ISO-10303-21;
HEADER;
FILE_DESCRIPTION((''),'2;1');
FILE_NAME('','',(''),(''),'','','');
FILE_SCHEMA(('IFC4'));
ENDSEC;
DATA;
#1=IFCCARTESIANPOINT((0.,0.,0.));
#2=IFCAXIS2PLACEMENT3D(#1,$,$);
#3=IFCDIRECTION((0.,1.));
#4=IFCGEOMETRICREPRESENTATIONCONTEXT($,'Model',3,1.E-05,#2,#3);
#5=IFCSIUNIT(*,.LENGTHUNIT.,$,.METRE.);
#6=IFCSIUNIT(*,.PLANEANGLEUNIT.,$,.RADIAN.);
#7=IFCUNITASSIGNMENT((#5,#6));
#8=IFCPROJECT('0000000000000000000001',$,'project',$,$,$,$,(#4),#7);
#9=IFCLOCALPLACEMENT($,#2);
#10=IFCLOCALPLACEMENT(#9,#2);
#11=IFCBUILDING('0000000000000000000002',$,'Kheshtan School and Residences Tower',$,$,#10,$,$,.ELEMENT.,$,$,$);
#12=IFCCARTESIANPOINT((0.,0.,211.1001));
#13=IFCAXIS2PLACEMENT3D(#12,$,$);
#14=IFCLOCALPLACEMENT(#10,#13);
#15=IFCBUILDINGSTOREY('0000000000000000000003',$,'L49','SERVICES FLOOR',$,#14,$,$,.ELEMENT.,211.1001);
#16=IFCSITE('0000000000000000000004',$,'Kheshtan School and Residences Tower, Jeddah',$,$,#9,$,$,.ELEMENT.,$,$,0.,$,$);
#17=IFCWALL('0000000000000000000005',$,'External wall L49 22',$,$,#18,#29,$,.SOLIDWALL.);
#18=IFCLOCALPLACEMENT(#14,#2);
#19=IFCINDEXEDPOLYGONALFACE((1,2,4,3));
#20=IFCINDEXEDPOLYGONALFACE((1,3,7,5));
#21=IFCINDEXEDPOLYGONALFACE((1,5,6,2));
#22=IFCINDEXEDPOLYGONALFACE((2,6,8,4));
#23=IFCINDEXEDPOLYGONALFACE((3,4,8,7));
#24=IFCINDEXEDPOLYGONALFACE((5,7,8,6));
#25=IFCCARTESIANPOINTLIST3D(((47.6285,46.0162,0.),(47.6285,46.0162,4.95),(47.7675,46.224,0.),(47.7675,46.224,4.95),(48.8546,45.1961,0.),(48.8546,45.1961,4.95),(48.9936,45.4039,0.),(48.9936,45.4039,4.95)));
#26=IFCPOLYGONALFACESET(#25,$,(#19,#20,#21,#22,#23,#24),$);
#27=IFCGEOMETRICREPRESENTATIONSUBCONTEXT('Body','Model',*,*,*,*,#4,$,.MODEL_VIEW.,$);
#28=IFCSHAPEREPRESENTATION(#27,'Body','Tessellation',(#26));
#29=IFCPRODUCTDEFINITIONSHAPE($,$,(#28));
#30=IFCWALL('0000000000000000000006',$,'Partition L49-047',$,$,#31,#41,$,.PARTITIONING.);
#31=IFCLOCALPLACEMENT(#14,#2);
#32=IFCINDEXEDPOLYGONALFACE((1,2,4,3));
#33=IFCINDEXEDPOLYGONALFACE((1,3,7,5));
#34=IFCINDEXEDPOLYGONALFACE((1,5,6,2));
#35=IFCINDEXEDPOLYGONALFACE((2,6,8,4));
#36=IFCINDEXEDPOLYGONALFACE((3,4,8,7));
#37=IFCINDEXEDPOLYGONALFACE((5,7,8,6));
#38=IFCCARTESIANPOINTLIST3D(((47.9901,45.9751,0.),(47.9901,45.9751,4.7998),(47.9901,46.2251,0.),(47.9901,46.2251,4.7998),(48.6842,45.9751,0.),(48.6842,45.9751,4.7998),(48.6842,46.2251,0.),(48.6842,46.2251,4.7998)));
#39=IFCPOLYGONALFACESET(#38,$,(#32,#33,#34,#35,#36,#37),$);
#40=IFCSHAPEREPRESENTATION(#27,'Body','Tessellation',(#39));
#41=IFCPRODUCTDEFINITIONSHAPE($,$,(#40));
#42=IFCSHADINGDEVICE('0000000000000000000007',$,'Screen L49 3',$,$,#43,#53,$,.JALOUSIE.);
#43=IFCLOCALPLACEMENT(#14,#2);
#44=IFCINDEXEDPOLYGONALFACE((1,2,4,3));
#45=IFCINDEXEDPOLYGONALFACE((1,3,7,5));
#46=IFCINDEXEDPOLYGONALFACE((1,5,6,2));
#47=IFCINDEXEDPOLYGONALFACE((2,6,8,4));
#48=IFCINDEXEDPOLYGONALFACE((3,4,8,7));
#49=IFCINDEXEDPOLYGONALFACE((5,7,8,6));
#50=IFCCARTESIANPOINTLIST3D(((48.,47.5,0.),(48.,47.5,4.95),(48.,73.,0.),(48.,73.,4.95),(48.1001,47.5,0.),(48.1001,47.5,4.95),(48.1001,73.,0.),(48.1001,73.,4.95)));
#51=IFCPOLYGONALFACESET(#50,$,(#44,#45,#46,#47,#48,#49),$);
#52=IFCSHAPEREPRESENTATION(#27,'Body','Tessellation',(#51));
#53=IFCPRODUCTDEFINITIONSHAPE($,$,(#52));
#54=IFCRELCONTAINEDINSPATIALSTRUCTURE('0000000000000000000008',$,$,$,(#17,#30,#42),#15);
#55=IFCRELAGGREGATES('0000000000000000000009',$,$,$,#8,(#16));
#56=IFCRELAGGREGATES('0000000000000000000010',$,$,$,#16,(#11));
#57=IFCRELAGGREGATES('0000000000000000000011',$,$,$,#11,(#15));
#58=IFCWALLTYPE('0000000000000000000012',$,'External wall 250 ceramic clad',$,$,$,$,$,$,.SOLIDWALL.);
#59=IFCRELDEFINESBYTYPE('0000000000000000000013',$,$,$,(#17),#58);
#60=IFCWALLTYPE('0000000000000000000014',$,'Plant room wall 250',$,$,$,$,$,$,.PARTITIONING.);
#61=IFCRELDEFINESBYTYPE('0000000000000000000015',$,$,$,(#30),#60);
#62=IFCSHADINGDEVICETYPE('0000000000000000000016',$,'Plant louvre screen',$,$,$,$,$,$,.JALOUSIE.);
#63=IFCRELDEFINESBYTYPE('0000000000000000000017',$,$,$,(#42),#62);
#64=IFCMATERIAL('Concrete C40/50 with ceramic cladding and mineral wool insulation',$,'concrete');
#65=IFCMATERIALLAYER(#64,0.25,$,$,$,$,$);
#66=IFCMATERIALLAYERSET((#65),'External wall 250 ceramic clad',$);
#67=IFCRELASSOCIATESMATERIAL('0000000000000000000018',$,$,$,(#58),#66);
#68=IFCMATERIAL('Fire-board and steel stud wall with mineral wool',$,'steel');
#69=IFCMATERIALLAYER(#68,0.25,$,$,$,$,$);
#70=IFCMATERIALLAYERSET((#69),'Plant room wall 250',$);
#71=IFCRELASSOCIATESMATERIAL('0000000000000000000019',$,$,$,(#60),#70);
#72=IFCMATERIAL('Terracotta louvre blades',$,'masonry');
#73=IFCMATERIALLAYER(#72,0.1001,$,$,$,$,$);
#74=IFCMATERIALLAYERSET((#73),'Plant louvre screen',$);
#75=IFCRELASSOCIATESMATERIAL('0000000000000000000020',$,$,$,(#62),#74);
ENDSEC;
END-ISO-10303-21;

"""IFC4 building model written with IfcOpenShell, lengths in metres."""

from ifc_helpers import new_model, si_unit, direction, frame, frame_2d, origin, origin_2d, place, context, subcontext, project, spatial, rectangle, extrude, material, layer, layer_set, type_object, element, save


model = new_model("IFC4")

# Units and contexts
model_context = context("Model", 3, precision=1e-05, world=origin(), true_north=direction((0.0, 1.0)))
body_context = subcontext(model_context, "Body", "Model", "MODEL_VIEW")
ifc_project = project(units=[si_unit("LENGTHUNIT", "METRE"), si_unit("PLANEANGLEUNIT", "RADIAN")], contexts=[model_context])

# Site, building, storey
site_placement = place(None, origin())
site = spatial("IfcSite", under=ifc_project, at=site_placement, Name="Kheshtan School and Residences Tower, Jeddah", CompositionType="ELEMENT", RefElevation=0.0)
building_placement = place(site_placement, origin())
building = spatial("IfcBuilding", under=site, at=building_placement, Name="Kheshtan School and Residences Tower", CompositionType="ELEMENT")
storey_placement = place(building_placement, frame((0.0, 0.0, 211.1001)))
storey = spatial("IfcBuildingStorey", under=building, at=storey_placement, Name="L49", Description="SERVICES FLOOR", CompositionType="ELEMENT", Elevation=211.1001)

# Walls
ifc_material_1 = material(Name="Concrete C40/50 with ceramic cladding and mineral wool insulation", Category="concrete")
ifc_layer_1 = layer(ifc_material_1, 0.25)
ifc_layer_set_1 = layer_set([ifc_layer_1], Name="External wall 250 ceramic clad")
wall_type_1 = type_object("IfcWallType", Name="External wall 250 ceramic clad", PredefinedType="SOLIDWALL", material=ifc_layer_set_1)
wall_1_placement = place(storey_placement, frame((47.698, 46.1201, 0.0), z_axis=(0.0, 0.0, 1.0), x_axis=(0.831209, -0.55596, 0.0)))
element("IfcWall", 1, at=wall_1_placement, inside=storey, type_object=wall_type_1, Name="External wall L49 22", PredefinedType="SOLIDWALL", context=body_context, shape_type="SweptSolid", body=[
    extrude(rectangle(XDim=1.4751, YDim=0.25, at=frame_2d((0.7375, 0.0))), origin(), (0.0, 0.0, 1.0), 4.95),
])
ifc_material_2 = material(Name="Fire-board and steel stud wall with mineral wool", Category="steel")
ifc_layer_2 = layer(ifc_material_2, 0.25)
ifc_layer_set_2 = layer_set([ifc_layer_2], Name="Plant room wall 250")
wall_type_2 = type_object("IfcWallType", Name="Plant room wall 250", PredefinedType="PARTITIONING", material=ifc_layer_set_2)
wall_2_placement = place(storey_placement, frame((47.99, 46.1001, 0.0), z_axis=(0.0, 0.0, 1.0), x_axis=(1.0, 0.0, 0.0)))
element("IfcWall", 2, at=wall_2_placement, inside=storey, type_object=wall_type_2, Name="Partition L49-047", PredefinedType="PARTITIONING", context=body_context, shape_type="SweptSolid", body=[
    extrude(rectangle(XDim=0.6941, YDim=0.25, at=frame_2d((0.3472, 0.0))), origin(), (0.0, 0.0, 1.0), 4.7998),
])

# Shading device
ifc_material_3 = material(Name="Terracotta louvre blades", Category="masonry")
ifc_layer_3 = layer(ifc_material_3, 0.1001)
ifc_layer_set_3 = layer_set([ifc_layer_3], Name="Plant louvre screen")
shading_device_type = type_object("IfcShadingDeviceType", Name="Plant louvre screen", PredefinedType="JALOUSIE", material=ifc_layer_set_3)
shading_device_placement = place(storey_placement, frame((48.05, 60.25, 0.0), z_axis=(0.0, 0.0, 1.0), x_axis=(0.0, -1.0, 0.0)))
element("IfcShadingDevice", 3, at=shading_device_placement, inside=storey, type_object=shading_device_type, Name="Screen L49 3", PredefinedType="JALOUSIE", context=body_context, shape_type="SweptSolid", body=[
    extrude(rectangle(XDim=25.5, YDim=0.1001, at=origin_2d()), origin(), (0.0, 0.0, 1.0), 4.95),
])

save(model, "model.ifc")
